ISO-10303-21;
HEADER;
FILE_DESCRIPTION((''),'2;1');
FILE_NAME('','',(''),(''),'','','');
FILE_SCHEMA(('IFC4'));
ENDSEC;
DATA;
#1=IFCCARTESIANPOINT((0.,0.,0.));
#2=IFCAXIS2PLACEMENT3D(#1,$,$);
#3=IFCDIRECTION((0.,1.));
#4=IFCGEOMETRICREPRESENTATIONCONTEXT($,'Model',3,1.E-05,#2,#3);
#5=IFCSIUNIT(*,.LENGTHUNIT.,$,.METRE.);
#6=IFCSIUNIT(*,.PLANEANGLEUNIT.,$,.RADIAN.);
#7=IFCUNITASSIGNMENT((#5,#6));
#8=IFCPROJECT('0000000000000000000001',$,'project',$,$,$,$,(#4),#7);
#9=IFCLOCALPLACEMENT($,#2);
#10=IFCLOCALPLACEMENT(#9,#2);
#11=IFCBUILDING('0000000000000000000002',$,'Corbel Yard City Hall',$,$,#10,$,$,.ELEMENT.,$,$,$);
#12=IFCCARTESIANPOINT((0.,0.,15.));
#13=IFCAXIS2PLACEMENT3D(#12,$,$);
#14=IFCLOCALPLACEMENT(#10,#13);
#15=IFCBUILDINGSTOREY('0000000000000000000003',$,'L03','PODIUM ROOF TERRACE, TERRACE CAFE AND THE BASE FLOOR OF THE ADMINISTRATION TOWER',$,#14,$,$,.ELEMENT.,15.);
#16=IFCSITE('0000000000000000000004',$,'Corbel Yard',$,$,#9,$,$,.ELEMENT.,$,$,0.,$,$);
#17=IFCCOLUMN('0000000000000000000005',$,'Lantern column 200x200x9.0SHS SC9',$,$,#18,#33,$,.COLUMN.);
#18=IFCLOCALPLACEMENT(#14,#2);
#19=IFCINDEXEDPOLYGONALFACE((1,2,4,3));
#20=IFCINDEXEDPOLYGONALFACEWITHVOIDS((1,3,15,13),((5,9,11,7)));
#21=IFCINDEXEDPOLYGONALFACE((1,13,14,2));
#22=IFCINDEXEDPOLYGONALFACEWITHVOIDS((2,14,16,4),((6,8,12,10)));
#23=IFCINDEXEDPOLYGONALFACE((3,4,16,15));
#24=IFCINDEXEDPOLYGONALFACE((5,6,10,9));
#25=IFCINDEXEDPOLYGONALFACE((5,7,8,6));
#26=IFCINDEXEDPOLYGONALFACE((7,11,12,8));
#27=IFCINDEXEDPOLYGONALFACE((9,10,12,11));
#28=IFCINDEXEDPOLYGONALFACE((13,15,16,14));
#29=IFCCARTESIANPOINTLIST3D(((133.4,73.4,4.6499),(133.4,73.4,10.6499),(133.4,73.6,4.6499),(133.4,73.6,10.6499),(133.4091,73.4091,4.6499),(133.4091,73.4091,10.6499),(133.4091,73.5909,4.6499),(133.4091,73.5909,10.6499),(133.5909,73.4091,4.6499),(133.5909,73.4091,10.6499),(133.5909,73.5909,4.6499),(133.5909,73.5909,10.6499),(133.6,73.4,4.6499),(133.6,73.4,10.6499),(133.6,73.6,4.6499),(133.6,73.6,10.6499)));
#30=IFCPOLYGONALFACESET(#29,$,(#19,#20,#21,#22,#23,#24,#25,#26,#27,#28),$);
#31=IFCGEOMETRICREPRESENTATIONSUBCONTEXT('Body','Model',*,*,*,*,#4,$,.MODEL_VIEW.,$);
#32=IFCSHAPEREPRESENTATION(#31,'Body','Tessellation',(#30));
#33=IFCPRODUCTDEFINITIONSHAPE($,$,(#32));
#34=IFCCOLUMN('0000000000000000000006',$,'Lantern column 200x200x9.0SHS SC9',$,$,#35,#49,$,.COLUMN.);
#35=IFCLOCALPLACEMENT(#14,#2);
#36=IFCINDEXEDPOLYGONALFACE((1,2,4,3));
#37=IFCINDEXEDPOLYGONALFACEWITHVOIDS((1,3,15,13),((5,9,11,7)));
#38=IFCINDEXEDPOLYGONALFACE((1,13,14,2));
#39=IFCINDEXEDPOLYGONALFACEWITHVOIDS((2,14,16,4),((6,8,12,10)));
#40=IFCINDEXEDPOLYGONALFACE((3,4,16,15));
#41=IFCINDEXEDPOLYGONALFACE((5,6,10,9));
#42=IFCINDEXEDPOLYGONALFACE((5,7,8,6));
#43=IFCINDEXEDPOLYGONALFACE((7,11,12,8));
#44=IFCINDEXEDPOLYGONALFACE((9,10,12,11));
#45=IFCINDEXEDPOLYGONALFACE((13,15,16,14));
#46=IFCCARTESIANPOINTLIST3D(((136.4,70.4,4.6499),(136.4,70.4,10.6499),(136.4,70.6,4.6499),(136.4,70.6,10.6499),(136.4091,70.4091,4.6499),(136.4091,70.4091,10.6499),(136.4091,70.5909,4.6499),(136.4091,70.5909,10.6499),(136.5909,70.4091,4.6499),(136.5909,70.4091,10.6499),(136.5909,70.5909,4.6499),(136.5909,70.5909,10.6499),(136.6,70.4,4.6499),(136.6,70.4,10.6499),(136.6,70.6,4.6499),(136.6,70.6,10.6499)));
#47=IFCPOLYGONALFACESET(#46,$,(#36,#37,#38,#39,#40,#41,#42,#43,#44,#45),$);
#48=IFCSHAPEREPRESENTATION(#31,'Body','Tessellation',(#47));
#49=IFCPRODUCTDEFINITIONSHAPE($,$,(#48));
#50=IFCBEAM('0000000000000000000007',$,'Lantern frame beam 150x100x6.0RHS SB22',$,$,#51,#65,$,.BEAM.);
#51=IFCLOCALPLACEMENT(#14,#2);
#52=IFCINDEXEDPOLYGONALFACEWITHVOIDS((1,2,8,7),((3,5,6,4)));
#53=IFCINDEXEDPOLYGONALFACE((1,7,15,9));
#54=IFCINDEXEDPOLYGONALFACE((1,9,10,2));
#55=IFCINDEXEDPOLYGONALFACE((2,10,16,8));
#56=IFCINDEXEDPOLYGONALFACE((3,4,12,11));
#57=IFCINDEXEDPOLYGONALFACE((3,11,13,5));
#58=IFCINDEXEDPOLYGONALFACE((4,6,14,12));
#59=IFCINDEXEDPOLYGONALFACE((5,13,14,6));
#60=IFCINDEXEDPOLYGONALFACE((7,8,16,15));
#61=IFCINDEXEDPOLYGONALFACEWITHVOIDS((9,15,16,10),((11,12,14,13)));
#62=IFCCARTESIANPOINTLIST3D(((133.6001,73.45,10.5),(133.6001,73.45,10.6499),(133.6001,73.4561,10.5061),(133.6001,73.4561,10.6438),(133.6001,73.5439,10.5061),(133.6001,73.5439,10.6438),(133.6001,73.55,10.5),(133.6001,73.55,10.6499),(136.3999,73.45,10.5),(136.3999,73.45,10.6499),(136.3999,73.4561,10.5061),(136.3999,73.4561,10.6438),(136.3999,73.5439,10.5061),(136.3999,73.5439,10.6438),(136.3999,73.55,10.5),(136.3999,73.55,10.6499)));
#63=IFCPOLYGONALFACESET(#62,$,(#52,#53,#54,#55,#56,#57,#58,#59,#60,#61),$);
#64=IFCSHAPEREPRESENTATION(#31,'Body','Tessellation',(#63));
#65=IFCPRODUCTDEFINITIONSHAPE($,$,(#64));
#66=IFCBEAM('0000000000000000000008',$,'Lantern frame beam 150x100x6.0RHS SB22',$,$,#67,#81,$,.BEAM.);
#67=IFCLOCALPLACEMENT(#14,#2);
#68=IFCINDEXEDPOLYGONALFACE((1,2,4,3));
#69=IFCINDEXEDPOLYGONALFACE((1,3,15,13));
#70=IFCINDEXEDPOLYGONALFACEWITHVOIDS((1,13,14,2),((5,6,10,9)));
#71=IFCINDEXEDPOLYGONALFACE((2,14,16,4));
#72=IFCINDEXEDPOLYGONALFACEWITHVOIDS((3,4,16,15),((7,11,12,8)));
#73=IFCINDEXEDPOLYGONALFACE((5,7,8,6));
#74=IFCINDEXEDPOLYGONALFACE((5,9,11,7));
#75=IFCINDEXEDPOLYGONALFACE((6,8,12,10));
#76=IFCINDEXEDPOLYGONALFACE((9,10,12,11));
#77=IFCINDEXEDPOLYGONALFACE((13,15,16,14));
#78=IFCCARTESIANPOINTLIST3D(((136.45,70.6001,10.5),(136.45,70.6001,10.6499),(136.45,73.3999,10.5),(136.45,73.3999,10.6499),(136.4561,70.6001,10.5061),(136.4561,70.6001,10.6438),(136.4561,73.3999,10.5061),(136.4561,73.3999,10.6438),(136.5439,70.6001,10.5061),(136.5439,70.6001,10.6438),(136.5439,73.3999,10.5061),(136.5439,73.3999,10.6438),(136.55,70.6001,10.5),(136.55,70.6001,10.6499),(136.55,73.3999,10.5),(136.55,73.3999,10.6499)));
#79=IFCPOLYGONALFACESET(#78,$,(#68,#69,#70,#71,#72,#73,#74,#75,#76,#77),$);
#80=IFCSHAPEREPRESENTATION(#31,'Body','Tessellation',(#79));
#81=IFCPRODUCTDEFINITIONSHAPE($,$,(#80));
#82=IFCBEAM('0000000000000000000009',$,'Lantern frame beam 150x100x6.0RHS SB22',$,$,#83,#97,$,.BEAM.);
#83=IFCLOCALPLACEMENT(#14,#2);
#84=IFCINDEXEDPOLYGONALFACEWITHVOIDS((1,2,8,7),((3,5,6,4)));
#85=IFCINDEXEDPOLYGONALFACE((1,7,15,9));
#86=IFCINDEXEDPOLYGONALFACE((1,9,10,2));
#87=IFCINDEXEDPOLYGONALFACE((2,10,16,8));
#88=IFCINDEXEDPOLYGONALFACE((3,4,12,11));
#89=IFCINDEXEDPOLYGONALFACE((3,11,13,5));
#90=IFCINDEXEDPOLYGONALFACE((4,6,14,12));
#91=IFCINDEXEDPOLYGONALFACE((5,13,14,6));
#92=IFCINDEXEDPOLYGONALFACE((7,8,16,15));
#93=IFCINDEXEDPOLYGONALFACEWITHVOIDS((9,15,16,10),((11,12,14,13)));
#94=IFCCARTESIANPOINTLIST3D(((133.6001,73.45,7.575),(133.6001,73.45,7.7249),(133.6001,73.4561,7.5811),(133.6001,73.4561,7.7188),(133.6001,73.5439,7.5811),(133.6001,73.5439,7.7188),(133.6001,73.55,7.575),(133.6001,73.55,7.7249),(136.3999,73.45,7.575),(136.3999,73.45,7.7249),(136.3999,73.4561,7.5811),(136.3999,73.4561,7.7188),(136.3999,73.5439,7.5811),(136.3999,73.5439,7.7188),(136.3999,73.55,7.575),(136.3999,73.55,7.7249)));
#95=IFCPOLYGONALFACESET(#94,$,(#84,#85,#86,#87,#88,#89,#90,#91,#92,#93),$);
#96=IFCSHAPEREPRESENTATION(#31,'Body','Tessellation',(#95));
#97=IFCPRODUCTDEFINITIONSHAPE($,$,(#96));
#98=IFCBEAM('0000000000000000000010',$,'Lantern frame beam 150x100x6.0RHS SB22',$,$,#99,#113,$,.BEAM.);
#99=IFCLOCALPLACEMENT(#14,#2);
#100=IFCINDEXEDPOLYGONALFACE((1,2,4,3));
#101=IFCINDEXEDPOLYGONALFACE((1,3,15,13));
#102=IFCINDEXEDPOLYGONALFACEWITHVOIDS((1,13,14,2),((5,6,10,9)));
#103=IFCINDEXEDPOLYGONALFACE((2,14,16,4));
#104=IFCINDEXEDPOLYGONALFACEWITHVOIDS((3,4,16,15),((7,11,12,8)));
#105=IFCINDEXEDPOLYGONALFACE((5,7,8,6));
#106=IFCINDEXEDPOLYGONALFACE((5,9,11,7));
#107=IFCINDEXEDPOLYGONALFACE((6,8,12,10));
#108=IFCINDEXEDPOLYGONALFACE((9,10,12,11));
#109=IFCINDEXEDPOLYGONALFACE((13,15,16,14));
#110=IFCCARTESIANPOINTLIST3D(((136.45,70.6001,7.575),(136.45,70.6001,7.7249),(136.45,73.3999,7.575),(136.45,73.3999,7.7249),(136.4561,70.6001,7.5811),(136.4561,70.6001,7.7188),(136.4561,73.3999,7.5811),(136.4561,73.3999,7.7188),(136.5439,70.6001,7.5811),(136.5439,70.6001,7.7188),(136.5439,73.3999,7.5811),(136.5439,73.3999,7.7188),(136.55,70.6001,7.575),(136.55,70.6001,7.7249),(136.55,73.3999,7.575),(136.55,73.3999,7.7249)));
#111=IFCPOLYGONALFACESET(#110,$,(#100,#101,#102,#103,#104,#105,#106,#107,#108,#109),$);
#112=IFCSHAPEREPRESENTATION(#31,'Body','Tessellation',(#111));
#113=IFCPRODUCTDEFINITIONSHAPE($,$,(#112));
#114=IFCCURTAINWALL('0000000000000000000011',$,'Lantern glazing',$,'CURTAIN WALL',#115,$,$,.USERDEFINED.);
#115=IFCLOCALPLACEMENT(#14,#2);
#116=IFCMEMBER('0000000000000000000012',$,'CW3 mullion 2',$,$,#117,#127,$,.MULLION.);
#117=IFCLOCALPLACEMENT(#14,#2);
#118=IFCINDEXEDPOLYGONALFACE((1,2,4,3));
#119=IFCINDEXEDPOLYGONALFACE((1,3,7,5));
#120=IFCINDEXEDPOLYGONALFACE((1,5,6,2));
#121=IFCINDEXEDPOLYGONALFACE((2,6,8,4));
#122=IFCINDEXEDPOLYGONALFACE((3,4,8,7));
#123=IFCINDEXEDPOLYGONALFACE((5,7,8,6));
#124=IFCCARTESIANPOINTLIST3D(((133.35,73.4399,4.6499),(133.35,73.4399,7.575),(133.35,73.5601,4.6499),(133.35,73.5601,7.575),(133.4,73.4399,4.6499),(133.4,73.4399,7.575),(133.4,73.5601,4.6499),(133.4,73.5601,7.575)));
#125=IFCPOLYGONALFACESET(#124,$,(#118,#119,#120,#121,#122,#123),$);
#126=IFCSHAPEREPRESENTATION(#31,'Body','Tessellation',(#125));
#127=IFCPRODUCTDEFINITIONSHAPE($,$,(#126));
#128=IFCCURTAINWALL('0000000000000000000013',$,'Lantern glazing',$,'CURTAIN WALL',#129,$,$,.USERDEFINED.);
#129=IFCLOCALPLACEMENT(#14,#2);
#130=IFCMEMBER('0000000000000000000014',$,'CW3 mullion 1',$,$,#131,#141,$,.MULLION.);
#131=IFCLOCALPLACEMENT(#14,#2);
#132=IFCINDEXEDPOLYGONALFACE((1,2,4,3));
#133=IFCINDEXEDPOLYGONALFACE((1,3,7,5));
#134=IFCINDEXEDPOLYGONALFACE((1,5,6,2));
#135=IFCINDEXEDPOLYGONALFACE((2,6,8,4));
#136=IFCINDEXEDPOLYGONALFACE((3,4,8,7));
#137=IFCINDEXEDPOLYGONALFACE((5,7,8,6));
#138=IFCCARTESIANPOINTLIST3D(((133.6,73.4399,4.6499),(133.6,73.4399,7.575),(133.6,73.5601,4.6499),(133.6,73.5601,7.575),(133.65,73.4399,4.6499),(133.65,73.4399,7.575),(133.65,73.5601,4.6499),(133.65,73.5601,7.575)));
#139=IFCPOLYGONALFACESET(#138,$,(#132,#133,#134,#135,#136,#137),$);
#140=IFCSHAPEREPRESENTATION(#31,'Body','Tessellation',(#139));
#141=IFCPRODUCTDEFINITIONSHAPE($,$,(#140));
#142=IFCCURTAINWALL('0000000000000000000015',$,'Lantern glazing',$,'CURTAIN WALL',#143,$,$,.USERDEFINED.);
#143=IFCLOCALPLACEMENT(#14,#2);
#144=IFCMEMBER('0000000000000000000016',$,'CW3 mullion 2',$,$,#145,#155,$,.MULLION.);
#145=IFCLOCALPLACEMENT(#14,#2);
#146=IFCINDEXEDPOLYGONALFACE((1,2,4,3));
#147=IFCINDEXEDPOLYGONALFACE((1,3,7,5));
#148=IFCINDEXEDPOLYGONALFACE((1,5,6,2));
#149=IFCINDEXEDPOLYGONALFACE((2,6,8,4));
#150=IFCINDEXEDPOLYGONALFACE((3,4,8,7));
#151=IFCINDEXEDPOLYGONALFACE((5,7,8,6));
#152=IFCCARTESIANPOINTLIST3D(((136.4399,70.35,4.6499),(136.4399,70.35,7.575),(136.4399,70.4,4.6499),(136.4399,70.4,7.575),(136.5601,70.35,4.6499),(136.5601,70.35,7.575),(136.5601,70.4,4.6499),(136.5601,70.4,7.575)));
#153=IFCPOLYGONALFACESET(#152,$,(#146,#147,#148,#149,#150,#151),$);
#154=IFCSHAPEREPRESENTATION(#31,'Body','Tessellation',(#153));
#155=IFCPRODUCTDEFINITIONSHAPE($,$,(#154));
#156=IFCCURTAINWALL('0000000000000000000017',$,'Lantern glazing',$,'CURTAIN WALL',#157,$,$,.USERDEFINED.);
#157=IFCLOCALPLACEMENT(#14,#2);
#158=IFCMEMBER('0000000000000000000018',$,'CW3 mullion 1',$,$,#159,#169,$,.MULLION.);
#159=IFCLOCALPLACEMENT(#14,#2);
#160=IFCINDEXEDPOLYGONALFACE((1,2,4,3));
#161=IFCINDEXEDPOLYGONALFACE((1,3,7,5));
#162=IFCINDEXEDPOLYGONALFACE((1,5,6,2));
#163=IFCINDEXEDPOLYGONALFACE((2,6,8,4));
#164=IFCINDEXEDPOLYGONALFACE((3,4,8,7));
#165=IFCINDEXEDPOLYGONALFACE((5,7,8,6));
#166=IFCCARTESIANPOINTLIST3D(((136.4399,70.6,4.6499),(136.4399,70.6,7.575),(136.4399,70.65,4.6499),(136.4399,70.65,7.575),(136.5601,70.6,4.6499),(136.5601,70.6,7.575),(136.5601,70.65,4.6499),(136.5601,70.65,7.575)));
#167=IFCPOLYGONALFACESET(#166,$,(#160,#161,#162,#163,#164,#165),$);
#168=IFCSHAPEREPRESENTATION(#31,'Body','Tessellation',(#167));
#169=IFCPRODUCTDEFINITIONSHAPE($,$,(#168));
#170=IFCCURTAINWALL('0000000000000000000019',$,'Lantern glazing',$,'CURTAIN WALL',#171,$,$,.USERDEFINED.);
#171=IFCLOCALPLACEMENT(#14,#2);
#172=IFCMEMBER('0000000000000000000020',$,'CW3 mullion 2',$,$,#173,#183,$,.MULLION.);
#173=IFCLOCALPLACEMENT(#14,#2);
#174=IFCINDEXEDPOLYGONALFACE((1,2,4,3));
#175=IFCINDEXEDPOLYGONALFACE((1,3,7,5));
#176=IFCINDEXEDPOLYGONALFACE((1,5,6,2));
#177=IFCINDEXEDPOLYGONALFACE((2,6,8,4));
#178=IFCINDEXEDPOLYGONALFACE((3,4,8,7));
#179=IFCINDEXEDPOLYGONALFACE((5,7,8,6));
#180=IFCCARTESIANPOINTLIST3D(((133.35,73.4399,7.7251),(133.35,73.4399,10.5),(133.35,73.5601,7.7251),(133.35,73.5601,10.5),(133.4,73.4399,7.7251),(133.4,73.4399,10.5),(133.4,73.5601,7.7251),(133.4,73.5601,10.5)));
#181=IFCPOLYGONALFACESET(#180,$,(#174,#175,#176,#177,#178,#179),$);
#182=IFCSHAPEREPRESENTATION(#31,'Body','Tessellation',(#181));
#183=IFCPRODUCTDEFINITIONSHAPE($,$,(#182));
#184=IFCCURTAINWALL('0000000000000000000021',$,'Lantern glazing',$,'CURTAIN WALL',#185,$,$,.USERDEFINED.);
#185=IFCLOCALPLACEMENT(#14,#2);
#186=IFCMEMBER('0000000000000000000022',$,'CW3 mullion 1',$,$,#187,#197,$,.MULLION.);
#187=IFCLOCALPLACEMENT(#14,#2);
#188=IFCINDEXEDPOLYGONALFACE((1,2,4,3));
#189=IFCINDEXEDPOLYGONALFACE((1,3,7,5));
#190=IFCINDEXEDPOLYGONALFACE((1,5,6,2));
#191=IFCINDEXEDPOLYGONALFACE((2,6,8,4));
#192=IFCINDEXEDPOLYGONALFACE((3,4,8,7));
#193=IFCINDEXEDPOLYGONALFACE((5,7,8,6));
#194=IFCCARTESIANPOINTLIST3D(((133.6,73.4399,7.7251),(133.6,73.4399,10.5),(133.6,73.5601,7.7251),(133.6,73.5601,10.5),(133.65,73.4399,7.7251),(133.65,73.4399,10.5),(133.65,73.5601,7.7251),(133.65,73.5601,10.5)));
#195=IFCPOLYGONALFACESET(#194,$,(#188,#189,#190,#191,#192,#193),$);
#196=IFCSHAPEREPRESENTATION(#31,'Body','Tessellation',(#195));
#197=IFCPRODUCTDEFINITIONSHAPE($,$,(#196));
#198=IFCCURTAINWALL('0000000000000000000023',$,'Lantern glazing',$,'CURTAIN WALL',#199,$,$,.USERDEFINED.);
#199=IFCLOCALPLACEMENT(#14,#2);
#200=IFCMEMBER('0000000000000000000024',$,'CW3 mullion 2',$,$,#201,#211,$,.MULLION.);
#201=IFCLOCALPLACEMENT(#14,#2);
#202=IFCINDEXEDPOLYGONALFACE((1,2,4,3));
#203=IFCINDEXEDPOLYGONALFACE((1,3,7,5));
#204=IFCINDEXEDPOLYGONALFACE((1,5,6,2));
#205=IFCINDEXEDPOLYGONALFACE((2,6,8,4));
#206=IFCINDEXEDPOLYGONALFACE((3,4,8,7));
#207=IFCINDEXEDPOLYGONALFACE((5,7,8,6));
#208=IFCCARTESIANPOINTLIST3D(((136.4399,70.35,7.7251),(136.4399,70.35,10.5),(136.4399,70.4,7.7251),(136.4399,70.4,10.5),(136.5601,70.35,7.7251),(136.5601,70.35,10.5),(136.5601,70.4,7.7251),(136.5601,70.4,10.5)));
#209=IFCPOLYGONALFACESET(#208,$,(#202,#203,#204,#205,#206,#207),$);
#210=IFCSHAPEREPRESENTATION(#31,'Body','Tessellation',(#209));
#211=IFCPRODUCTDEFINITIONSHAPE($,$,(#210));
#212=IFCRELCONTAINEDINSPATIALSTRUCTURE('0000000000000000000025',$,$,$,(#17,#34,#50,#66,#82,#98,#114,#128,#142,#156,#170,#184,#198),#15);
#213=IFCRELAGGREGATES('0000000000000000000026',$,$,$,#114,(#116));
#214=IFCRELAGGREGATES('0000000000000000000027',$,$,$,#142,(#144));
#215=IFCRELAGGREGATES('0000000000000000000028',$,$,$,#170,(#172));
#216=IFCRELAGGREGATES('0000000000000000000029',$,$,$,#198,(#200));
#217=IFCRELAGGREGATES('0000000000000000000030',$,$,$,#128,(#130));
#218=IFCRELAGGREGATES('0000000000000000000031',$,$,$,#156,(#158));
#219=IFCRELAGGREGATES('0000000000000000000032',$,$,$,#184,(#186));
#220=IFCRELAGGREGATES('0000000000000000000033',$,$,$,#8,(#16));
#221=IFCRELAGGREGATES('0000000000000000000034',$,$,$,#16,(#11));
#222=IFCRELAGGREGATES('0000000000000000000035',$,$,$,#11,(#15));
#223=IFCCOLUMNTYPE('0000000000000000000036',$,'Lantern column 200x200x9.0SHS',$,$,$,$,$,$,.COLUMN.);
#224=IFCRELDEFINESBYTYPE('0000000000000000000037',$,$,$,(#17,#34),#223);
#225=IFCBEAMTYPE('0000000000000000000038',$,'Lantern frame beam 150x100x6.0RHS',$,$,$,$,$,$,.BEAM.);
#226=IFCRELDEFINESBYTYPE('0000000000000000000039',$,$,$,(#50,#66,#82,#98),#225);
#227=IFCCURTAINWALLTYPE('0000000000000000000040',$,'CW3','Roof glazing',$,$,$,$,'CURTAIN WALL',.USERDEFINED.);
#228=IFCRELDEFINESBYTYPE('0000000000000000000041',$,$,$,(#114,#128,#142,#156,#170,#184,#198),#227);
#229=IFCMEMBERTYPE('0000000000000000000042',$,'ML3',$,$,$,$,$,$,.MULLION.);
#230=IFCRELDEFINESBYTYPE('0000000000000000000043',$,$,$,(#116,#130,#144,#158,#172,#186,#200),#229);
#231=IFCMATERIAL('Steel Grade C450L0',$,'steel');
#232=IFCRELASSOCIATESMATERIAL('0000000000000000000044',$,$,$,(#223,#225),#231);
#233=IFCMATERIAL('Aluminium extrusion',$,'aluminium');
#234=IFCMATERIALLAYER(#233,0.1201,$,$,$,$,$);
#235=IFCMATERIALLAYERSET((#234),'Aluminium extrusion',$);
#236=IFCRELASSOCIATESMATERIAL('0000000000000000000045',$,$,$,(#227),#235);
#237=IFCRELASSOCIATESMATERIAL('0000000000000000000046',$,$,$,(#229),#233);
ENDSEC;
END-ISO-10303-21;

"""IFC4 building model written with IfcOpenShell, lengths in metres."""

from ifc_helpers import new_model, si_unit, direction, frame, origin, origin_2d, place, context, subcontext, project, spatial, rectangle, hollow_rectangle, extrude, material, layer, layer_set, material_profile, profile_set, type_object, element, aggregate, save


model = new_model("IFC4")

# Units and contexts
model_context = context("Model", 3, precision=1e-05, world=origin(), true_north=direction((0.0, 1.0)))
body_context = subcontext(model_context, "Body", "Model", "MODEL_VIEW")
ifc_project = project(units=[si_unit("LENGTHUNIT", "METRE"), si_unit("PLANEANGLEUNIT", "RADIAN")], contexts=[model_context])

# Site, building, storey
site_placement = place(None, origin())
site = spatial("IfcSite", under=ifc_project, at=site_placement, Name="Corbel Yard", CompositionType="ELEMENT", RefElevation=0.0)
building_placement = place(site_placement, origin())
building = spatial("IfcBuilding", under=site, at=building_placement, Name="Corbel Yard City Hall", CompositionType="ELEMENT")
storey_placement = place(building_placement, frame((0.0, 0.0, 15.0)))
storey = spatial("IfcBuildingStorey", under=building, at=storey_placement, Name="L03", Description="PODIUM ROOF TERRACE, TERRACE CAFE AND THE BASE FLOOR OF THE ADMINISTRATION TOWER", CompositionType="ELEMENT", Elevation=15.0)

# Columns
ifc_material_1 = material(Name="Steel Grade C450L0", Category="steel")
ifc_material_profile_1 = material_profile(ifc_material_1, hollow_rectangle(XDim=0.2, YDim=0.2, WallThickness=0.009, at=origin_2d()), Name="200x200x9.0SHS")
ifc_profile_set_1 = profile_set([ifc_material_profile_1], Name="Steel Grade C450L0")
column_type = type_object("IfcColumnType", Name="Lantern column 200x200x9.0SHS", PredefinedType="COLUMN", material=ifc_profile_set_1)
for number, where, z_axis, x_axis, name in (
    (1, (133.5, 73.5, 4.6499), (0.0, 0.0, 1.0), (1.0, 0.0, 0.0), "Lantern column 200x200x9.0SHS SC9"),
    (2, (136.5, 70.5, 4.6499), (0.0, 0.0, 1.0), (1.0, 0.0, 0.0), "Lantern column 200x200x9.0SHS SC9"),
):
    element("IfcColumn", number, at=place(storey_placement, frame(where, z_axis=z_axis, x_axis=x_axis)), inside=storey, type_object=column_type, Name=name, PredefinedType="COLUMN", context=body_context, shape_type="SweptSolid", body=[
        extrude(hollow_rectangle(XDim=0.2, YDim=0.2, WallThickness=0.009, at=origin_2d()), origin(), (0.0, 0.0, 1.0), 6.0),
    ])

# Beams
ifc_material_profile_2 = material_profile(ifc_material_1, hollow_rectangle(XDim=0.1001, YDim=0.1499, WallThickness=0.0061, at=origin_2d()), Name="150x100x6.0RHS")
ifc_profile_set_2 = profile_set([ifc_material_profile_2], Name="Steel Grade C450L0")
beam_type = type_object("IfcBeamType", Name="Lantern frame beam 150x100x6.0RHS", PredefinedType="BEAM", material=ifc_profile_set_2)
for number, where, z_axis, x_axis, name in (
    (3, (133.6001, 73.5, 10.575), (1.0, 0.0, 0.0), (0.0, 1.0, 0.0), "Lantern frame beam 150x100x6.0RHS SB22"),
    (4, (136.5, 70.6001, 10.575), (0.0, 1.0, 0.0), (-1.0, 0.0, 0.0), "Lantern frame beam 150x100x6.0RHS SB22"),
    (5, (133.6001, 73.5, 7.6499), (1.0, 0.0, 0.0), (0.0, 1.0, 0.0), "Lantern frame beam 150x100x6.0RHS SB22"),
    (6, (136.5, 70.6001, 7.6499), (0.0, 1.0, 0.0), (-1.0, 0.0, 0.0), "Lantern frame beam 150x100x6.0RHS SB22"),
):
    element("IfcBeam", number, at=place(storey_placement, frame(where, z_axis=z_axis, x_axis=x_axis)), inside=storey, type_object=beam_type, Name=name, PredefinedType="BEAM", context=body_context, shape_type="SweptSolid", body=[
        extrude(hollow_rectangle(XDim=0.1001, YDim=0.1499, WallThickness=0.0061, at=origin_2d()), origin(), (0.0, 0.0, 1.0), 2.7998),
    ])

# Curtain walls, members
ifc_material_2 = material(Name="Aluminium extrusion", Category="aluminium")
ifc_layer_1 = layer(ifc_material_2, 0.1201)
ifc_layer_set_1 = layer_set([ifc_layer_1], Name="Aluminium extrusion")
curtain_wall_type_1 = type_object("IfcCurtainWallType", Name="CW3", Description="Roof glazing", ElementType="CURTAIN WALL", PredefinedType="USERDEFINED", material=ifc_layer_set_1)
curtain_wall_1_placement = place(storey_placement, origin())
curtain_wall_1 = element("IfcCurtainWall", 7, at=curtain_wall_1_placement, inside=storey, type_object=curtain_wall_type_1, Name="Lantern glazing", ObjectType="CURTAIN WALL", PredefinedType="USERDEFINED")
ifc_material_profile_3 = material_profile(ifc_material_2, rectangle(XDim=0.1201, YDim=0.05, at=origin_2d()), Name="120x50")
ifc_profile_set_3 = profile_set([ifc_material_profile_3], Name="Aluminium extrusion")
member_type_1 = type_object("IfcMemberType", Name="ML3", PredefinedType="MULLION", material=ifc_profile_set_3)
member_1_placement = place(storey_placement, frame((133.375, 73.5, 4.6499), z_axis=(0.0, 0.0, 1.0), x_axis=(0.0, 1.0, 0.0)))
member_1 = element("IfcMember", 8, at=member_1_placement, type_object=member_type_1, Name="CW3 mullion 2", PredefinedType="MULLION", context=body_context, shape_type="SweptSolid", body=[
    extrude(rectangle(XDim=0.1201, YDim=0.05, at=origin_2d()), origin(), (0.0, 0.0, 1.0), 2.925),
])
aggregate(curtain_wall_1, [member_1])
curtain_wall_2_placement = place(storey_placement, origin())
curtain_wall_2 = element("IfcCurtainWall", 9, at=curtain_wall_2_placement, inside=storey, type_object=curtain_wall_type_1, Name="Lantern glazing", ObjectType="CURTAIN WALL", PredefinedType="USERDEFINED")
member_2_placement = place(storey_placement, frame((133.625, 73.5, 4.6499), z_axis=(0.0, 0.0, 1.0), x_axis=(0.0, 1.0, 0.0)))
member_2 = element("IfcMember", 10, at=member_2_placement, type_object=member_type_1, Name="CW3 mullion 1", PredefinedType="MULLION", context=body_context, shape_type="SweptSolid", body=[
    extrude(rectangle(XDim=0.1201, YDim=0.05, at=origin_2d()), origin(), (0.0, 0.0, 1.0), 2.925),
])
curtain_wall_3_placement = place(storey_placement, origin())
curtain_wall_3 = element("IfcCurtainWall", 11, at=curtain_wall_3_placement, inside=storey, type_object=curtain_wall_type_1, Name="Lantern glazing", ObjectType="CURTAIN WALL", PredefinedType="USERDEFINED")
member_3_placement = place(storey_placement, frame((136.5, 70.375, 4.6499), z_axis=(0.0, 0.0, 1.0), x_axis=(-1.0, 0.0, 0.0)))
member_3 = element("IfcMember", 12, at=member_3_placement, type_object=member_type_1, Name="CW3 mullion 2", PredefinedType="MULLION", context=body_context, shape_type="SweptSolid", body=[
    extrude(rectangle(XDim=0.1201, YDim=0.05, at=origin_2d()), origin(), (0.0, 0.0, 1.0), 2.925),
])
aggregate(curtain_wall_3, [member_3])
curtain_wall_4_placement = place(storey_placement, origin())
curtain_wall_4 = element("IfcCurtainWall", 13, at=curtain_wall_4_placement, inside=storey, type_object=curtain_wall_type_1, Name="Lantern glazing", ObjectType="CURTAIN WALL", PredefinedType="USERDEFINED")
member_4_placement = place(storey_placement, frame((136.5, 70.625, 4.6499), z_axis=(0.0, 0.0, 1.0), x_axis=(-1.0, 0.0, 0.0)))
member_4 = element("IfcMember", 14, at=member_4_placement, type_object=member_type_1, Name="CW3 mullion 1", PredefinedType="MULLION", context=body_context, shape_type="SweptSolid", body=[
    extrude(rectangle(XDim=0.1201, YDim=0.05, at=origin_2d()), origin(), (0.0, 0.0, 1.0), 2.925),
])
curtain_wall_5_placement = place(storey_placement, origin())
curtain_wall_5 = element("IfcCurtainWall", 15, at=curtain_wall_5_placement, inside=storey, type_object=curtain_wall_type_1, Name="Lantern glazing", ObjectType="CURTAIN WALL", PredefinedType="USERDEFINED")
member_5_placement = place(storey_placement, frame((133.375, 73.5, 7.7251), z_axis=(0.0, 0.0, 1.0), x_axis=(0.0, 1.0, 0.0)))
member_5 = element("IfcMember", 16, at=member_5_placement, type_object=member_type_1, Name="CW3 mullion 2", PredefinedType="MULLION", context=body_context, shape_type="SweptSolid", body=[
    extrude(rectangle(XDim=0.1201, YDim=0.05, at=origin_2d()), origin(), (0.0, 0.0, 1.0), 2.7749),
])
aggregate(curtain_wall_5, [member_5])
curtain_wall_6_placement = place(storey_placement, origin())
curtain_wall_6 = element("IfcCurtainWall", 17, at=curtain_wall_6_placement, inside=storey, type_object=curtain_wall_type_1, Name="Lantern glazing", ObjectType="CURTAIN WALL", PredefinedType="USERDEFINED")
member_6_placement = place(storey_placement, frame((133.625, 73.5, 7.7251), z_axis=(0.0, 0.0, 1.0), x_axis=(0.0, 1.0, 0.0)))
member_6 = element("IfcMember", 18, at=member_6_placement, type_object=member_type_1, Name="CW3 mullion 1", PredefinedType="MULLION", context=body_context, shape_type="SweptSolid", body=[
    extrude(rectangle(XDim=0.1201, YDim=0.05, at=origin_2d()), origin(), (0.0, 0.0, 1.0), 2.7749),
])
curtain_wall_7_placement = place(storey_placement, origin())
curtain_wall_7 = element("IfcCurtainWall", 19, at=curtain_wall_7_placement, inside=storey, type_object=curtain_wall_type_1, Name="Lantern glazing", ObjectType="CURTAIN WALL", PredefinedType="USERDEFINED")
member_7_placement = place(storey_placement, frame((136.5, 70.375, 7.7251), z_axis=(0.0, 0.0, 1.0), x_axis=(-1.0, 0.0, 0.0)))
member_7 = element("IfcMember", 20, at=member_7_placement, type_object=member_type_1, Name="CW3 mullion 2", PredefinedType="MULLION", context=body_context, shape_type="SweptSolid", body=[
    extrude(rectangle(XDim=0.1201, YDim=0.05, at=origin_2d()), origin(), (0.0, 0.0, 1.0), 2.7749),
])
aggregate(curtain_wall_7, [member_7])

aggregate(curtain_wall_2, [member_2])
aggregate(curtain_wall_4, [member_4])
aggregate(curtain_wall_6, [member_6])

save(model, "model.ifc")
